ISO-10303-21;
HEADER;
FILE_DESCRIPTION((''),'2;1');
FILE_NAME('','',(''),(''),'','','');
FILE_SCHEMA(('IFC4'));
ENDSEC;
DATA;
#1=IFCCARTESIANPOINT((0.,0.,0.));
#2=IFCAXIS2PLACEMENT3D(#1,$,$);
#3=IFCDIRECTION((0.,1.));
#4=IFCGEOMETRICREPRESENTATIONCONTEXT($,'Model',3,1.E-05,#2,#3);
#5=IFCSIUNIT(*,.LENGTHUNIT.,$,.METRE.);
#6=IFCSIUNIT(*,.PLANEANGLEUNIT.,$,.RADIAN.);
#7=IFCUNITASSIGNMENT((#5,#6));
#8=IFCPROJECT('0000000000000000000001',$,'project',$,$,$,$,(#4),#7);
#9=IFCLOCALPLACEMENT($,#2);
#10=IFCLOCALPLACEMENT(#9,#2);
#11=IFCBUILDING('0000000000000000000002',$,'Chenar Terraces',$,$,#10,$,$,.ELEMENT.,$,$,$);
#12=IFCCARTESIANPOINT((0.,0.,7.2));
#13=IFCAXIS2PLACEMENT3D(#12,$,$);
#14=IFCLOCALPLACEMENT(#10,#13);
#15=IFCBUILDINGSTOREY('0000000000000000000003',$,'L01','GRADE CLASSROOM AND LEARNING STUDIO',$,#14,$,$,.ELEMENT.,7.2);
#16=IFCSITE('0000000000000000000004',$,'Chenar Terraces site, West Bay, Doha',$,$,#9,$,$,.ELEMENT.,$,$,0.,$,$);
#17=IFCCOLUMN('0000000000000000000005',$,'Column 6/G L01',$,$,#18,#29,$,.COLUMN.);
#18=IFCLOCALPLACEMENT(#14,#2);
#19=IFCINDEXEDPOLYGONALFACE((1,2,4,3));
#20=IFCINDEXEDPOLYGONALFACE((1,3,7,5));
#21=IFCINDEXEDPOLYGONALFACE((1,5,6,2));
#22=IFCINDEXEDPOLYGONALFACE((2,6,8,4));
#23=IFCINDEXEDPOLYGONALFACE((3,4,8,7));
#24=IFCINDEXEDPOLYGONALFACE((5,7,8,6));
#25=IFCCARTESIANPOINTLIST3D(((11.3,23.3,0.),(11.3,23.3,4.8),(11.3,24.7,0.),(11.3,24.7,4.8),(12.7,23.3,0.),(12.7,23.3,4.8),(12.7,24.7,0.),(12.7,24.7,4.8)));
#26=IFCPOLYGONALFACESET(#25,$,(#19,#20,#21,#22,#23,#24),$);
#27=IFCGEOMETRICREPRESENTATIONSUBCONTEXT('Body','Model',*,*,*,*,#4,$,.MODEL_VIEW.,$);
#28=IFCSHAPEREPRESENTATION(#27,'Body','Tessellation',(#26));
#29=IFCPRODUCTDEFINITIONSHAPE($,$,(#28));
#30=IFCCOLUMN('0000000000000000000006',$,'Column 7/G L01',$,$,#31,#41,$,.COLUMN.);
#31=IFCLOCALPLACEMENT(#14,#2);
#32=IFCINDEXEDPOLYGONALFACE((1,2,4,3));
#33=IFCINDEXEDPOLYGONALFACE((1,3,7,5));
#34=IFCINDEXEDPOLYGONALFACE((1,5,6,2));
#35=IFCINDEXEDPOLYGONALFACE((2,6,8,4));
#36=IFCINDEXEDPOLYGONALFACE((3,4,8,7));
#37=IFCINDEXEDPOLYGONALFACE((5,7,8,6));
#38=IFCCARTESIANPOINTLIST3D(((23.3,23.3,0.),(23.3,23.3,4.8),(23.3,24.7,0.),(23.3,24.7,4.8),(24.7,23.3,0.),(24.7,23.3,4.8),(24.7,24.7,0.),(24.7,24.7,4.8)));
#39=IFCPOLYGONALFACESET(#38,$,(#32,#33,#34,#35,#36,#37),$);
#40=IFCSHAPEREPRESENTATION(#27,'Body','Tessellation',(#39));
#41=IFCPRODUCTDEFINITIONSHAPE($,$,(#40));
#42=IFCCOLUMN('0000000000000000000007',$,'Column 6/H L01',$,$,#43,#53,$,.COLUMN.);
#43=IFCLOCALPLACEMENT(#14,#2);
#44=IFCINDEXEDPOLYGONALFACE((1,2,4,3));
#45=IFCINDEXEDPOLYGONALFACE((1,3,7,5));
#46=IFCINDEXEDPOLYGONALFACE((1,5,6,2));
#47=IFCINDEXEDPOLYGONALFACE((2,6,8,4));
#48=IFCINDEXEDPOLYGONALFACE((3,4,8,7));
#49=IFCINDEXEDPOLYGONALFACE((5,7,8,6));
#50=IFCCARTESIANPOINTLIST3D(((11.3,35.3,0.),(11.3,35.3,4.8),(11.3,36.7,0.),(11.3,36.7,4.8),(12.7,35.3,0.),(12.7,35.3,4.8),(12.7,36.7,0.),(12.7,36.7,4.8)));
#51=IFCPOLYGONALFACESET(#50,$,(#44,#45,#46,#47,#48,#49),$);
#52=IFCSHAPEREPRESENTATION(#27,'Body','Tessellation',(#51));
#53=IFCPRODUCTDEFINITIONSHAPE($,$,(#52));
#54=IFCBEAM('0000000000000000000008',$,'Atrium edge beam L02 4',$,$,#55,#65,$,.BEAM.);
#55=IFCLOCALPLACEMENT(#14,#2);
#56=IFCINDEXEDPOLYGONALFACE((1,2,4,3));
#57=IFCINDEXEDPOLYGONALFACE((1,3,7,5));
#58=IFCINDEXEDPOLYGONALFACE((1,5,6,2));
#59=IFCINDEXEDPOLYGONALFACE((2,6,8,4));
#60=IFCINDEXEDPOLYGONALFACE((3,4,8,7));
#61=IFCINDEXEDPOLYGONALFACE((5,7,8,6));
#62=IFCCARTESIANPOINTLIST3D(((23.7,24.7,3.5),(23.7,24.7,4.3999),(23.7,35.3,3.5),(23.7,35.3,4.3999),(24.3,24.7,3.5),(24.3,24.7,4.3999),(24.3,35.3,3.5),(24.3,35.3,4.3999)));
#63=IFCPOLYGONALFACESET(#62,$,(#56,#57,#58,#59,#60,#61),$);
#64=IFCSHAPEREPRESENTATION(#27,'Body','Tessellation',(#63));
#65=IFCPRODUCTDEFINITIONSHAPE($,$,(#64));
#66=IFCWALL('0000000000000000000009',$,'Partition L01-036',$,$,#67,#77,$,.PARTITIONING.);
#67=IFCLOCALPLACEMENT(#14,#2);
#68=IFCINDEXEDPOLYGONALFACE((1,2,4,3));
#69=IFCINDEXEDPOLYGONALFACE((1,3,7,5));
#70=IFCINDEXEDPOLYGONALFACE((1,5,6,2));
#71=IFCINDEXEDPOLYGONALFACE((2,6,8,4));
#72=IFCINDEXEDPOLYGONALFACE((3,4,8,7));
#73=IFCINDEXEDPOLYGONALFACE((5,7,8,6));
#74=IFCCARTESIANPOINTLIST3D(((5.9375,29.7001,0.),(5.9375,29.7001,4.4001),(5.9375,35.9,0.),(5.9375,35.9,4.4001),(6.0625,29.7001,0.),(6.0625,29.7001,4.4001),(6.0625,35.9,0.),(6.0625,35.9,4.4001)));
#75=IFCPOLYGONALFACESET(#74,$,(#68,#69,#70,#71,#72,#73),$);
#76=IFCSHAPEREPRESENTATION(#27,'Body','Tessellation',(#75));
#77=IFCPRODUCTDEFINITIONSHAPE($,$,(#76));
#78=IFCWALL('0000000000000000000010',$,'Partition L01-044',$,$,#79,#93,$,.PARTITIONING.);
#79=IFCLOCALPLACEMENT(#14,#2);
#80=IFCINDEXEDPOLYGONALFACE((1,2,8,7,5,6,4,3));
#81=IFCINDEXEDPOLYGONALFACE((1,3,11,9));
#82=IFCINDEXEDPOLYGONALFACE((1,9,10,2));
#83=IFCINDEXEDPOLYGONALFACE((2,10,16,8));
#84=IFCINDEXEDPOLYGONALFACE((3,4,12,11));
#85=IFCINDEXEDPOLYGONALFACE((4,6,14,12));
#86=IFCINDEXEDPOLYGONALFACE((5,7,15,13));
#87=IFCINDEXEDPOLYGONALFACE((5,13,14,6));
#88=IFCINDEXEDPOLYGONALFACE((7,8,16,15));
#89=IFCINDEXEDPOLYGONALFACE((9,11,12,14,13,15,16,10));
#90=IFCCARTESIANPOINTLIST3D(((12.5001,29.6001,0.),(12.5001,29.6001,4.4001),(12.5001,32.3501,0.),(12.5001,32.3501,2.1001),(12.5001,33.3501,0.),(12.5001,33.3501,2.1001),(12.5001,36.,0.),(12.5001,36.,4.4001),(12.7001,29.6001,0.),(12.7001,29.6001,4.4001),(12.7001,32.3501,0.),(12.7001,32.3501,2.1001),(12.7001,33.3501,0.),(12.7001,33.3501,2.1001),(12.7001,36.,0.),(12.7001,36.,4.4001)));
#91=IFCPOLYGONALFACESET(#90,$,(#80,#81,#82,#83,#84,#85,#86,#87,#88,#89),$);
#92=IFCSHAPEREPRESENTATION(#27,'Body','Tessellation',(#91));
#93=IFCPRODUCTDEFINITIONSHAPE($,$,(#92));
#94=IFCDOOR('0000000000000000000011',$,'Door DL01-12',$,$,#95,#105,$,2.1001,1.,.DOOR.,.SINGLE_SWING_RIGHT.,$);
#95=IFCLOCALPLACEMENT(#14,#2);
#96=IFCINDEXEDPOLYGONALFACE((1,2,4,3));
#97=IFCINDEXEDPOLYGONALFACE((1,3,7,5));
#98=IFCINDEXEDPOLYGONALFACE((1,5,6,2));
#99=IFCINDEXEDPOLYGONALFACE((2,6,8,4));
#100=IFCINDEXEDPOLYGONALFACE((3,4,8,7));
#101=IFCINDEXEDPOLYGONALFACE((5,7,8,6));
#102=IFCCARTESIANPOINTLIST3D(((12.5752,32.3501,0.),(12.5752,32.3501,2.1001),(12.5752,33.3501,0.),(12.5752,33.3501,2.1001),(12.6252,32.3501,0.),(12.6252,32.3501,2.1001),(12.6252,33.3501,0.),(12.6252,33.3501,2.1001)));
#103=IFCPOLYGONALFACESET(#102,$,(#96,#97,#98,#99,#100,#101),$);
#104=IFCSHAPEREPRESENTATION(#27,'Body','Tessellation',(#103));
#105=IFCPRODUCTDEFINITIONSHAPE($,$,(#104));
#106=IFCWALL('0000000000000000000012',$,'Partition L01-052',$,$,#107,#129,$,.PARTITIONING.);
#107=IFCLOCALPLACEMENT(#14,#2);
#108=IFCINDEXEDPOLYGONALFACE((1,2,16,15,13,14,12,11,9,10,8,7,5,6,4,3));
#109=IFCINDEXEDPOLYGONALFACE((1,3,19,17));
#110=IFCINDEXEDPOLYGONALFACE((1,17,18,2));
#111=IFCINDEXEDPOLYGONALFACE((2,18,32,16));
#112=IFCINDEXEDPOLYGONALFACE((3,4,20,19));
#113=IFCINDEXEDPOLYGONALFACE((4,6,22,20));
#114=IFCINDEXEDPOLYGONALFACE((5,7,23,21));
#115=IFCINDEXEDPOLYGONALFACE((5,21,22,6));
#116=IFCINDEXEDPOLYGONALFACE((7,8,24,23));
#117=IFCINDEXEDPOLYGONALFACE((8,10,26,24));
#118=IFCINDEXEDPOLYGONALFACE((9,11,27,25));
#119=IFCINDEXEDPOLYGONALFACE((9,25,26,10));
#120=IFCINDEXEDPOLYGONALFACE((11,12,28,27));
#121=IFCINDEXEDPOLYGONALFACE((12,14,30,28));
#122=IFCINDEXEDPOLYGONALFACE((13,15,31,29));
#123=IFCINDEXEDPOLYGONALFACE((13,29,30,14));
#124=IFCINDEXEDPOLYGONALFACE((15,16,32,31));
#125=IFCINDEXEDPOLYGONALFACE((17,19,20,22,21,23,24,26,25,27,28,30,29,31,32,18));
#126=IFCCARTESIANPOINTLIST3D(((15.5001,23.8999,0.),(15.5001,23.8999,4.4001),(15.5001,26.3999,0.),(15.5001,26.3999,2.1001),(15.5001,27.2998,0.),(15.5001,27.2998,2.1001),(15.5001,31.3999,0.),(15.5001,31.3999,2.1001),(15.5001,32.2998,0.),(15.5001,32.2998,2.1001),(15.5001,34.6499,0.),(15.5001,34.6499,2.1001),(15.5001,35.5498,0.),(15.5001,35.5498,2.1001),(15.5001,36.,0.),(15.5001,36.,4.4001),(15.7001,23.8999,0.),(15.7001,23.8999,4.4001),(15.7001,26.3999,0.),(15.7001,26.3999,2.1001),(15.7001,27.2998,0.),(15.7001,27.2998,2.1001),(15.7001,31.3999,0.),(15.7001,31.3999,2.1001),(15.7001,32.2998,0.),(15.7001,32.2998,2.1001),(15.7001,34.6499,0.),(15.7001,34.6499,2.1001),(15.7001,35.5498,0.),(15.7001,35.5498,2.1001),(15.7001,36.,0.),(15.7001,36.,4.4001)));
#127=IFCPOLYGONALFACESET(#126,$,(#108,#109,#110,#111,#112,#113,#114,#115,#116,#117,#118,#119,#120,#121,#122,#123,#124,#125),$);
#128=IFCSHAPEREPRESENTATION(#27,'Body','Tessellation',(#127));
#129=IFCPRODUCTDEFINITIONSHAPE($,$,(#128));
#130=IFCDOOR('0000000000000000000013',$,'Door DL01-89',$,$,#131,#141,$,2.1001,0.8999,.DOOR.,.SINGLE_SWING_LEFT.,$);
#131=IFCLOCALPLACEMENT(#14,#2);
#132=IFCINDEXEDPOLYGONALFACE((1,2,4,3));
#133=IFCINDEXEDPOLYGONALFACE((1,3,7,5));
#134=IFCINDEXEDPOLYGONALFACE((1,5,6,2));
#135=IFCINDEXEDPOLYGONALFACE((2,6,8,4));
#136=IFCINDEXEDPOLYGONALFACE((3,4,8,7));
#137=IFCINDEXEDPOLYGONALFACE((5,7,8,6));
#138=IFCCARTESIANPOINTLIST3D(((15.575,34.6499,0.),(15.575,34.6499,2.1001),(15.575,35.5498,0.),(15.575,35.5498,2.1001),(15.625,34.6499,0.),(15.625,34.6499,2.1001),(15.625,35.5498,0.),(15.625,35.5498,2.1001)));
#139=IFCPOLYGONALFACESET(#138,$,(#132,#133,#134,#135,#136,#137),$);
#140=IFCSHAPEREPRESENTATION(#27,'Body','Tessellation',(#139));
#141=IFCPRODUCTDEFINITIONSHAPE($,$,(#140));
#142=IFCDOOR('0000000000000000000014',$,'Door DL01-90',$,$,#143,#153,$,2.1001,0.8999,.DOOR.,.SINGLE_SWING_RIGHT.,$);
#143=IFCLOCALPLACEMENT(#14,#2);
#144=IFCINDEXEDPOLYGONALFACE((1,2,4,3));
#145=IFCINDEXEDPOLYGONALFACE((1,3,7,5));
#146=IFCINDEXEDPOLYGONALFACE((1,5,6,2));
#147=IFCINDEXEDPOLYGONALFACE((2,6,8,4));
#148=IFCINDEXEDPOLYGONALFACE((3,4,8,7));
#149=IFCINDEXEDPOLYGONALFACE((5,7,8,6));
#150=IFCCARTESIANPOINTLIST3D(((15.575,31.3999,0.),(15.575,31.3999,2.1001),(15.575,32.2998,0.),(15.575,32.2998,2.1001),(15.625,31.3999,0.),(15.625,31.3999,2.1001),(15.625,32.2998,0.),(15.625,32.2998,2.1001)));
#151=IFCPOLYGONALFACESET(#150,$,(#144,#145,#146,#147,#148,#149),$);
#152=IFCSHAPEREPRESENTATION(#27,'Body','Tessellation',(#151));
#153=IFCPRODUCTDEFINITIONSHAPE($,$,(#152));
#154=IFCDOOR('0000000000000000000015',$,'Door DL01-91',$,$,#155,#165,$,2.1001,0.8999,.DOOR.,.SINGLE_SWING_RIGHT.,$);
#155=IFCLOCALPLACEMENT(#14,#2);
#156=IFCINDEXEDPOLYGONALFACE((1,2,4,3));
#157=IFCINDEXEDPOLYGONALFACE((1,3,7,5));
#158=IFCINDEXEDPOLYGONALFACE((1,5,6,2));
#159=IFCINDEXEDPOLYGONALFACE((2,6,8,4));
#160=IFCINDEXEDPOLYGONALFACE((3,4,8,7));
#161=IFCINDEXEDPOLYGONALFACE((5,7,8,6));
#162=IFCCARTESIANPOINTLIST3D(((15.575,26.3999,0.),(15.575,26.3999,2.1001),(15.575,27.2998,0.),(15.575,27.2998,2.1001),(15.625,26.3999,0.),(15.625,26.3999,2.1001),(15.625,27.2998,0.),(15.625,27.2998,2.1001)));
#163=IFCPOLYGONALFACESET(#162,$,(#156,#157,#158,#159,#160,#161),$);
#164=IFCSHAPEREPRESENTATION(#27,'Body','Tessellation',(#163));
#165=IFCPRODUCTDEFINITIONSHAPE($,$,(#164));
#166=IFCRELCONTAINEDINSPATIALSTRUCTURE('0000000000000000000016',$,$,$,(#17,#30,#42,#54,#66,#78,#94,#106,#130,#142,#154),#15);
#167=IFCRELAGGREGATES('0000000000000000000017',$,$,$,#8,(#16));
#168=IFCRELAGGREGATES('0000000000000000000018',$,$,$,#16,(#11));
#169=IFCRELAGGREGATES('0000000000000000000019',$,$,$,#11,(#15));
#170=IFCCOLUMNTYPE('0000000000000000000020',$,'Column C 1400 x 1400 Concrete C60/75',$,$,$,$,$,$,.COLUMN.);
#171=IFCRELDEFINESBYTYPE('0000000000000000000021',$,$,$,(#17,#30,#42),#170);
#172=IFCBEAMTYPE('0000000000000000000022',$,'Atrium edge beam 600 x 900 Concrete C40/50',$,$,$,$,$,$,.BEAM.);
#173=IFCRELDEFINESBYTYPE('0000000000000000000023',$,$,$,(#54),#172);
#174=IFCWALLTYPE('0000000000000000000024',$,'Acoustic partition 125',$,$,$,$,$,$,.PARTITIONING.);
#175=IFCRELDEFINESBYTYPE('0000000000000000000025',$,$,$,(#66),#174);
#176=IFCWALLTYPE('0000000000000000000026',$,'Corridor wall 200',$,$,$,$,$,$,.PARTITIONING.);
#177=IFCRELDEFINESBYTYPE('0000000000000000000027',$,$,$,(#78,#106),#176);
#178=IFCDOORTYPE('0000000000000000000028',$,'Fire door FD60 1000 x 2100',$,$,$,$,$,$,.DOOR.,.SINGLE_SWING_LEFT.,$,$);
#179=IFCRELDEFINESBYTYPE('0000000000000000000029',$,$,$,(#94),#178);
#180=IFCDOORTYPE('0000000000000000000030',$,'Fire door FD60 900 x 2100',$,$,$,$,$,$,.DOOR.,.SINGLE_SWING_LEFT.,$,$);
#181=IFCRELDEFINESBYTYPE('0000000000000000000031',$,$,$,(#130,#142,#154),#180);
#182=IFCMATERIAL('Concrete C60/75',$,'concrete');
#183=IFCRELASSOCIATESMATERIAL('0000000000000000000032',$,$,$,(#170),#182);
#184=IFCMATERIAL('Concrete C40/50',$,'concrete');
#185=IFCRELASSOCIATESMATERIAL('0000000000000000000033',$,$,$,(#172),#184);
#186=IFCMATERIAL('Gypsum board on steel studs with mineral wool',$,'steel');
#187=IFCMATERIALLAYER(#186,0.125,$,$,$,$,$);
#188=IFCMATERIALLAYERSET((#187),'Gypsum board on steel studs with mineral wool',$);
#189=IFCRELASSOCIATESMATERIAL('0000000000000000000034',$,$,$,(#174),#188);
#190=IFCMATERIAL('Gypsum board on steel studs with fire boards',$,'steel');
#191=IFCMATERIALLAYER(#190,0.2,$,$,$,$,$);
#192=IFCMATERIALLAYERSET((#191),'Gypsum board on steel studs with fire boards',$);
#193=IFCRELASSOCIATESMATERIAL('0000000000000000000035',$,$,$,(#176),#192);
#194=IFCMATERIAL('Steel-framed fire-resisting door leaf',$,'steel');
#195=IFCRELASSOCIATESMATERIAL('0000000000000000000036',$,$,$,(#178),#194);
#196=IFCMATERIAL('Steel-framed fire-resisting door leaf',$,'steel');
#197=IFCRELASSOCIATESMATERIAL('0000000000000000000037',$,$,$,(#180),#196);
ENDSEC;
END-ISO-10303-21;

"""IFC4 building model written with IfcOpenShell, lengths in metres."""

from ifc_helpers import new_model, si_unit, direction, frame, frame_2d, origin, origin_2d, place, context, subcontext, project, spatial, rectangle, extrude, material, layer, layer_set, material_profile, profile_set, type_object, element, fill, save


model = new_model("IFC4")

# Units and contexts
model_context = context("Model", 3, precision=1e-05, world=origin(), true_north=direction((0.0, 1.0)))
body_context = subcontext(model_context, "Body", "Model", "MODEL_VIEW")
ifc_project = project(units=[si_unit("LENGTHUNIT", "METRE"), si_unit("PLANEANGLEUNIT", "RADIAN")], contexts=[model_context])

# Site, building, storey
site_placement = place(None, origin())
site = spatial("IfcSite", under=ifc_project, at=site_placement, Name="Chenar Terraces site, West Bay, Doha", CompositionType="ELEMENT", RefElevation=0.0)
building_placement = place(site_placement, origin())
building = spatial("IfcBuilding", under=site, at=building_placement, Name="Chenar Terraces", CompositionType="ELEMENT")
storey_placement = place(building_placement, frame((0.0, 0.0, 7.2)))
storey = spatial("IfcBuildingStorey", under=building, at=storey_placement, Name="L01", Description="GRADE CLASSROOM AND LEARNING STUDIO", CompositionType="ELEMENT", Elevation=7.2)

# Columns
ifc_material_1 = material(Name="Concrete C60/75", Category="concrete")
ifc_material_profile_1 = material_profile(ifc_material_1, rectangle(XDim=1.3999, YDim=1.3999, at=origin_2d()), Name="C 1400 x 1400")
ifc_profile_set_1 = profile_set([ifc_material_profile_1], Name="Concrete C60/75")
column_type = type_object("IfcColumnType", Name="Column C 1400 x 1400 Concrete C60/75", PredefinedType="COLUMN", material=ifc_profile_set_1)
for number, where, z_axis, x_axis, name in (
    (1, (12.0, 24.0, 0.0), (0.0, 0.0, 1.0), (1.0, 0.0, 0.0), "Column 6/G L01"),
    (2, (24.0, 24.0, 0.0), (0.0, 0.0, 1.0), (1.0, 0.0, 0.0), "Column 7/G L01"),
    (3, (12.0, 36.0, 0.0), (0.0, 0.0, 1.0), (1.0, 0.0, 0.0), "Column 6/H L01"),
):
    element("IfcColumn", number, at=place(storey_placement, frame(where, z_axis=z_axis, x_axis=x_axis)), inside=storey, type_object=column_type, Name=name, PredefinedType="COLUMN", context=body_context, shape_type="SweptSolid", body=[
        extrude(rectangle(XDim=1.3999, YDim=1.3999, at=origin_2d()), origin(), (0.0, 0.0, 1.0), 4.8),
    ])

# Beam
ifc_material_2 = material(Name="Concrete C40/50", Category="concrete")
ifc_material_profile_2 = material_profile(ifc_material_2, rectangle(XDim=0.6001, YDim=0.8999, at=origin_2d()), Name="RC 600 x 900")
ifc_profile_set_2 = profile_set([ifc_material_profile_2], Name="Concrete C40/50")
beam_type = type_object("IfcBeamType", Name="Atrium edge beam 600 x 900 Concrete C40/50", PredefinedType="BEAM", material=ifc_profile_set_2)
beam_placement = place(storey_placement, frame((24.0, 35.3, 3.95), z_axis=(0.0, -1.0, 0.0), x_axis=(1.0, 0.0, 0.0)))
element("IfcBeam", 4, at=beam_placement, inside=storey, type_object=beam_type, Name="Atrium edge beam L02 4", PredefinedType="BEAM", context=body_context, shape_type="SweptSolid", body=[
    extrude(rectangle(XDim=0.6001, YDim=0.8999, at=origin_2d()), origin(), (0.0, 0.0, 1.0), 10.6001),
])

# Wall
ifc_material_3 = material(Name="Gypsum board on steel studs with mineral wool", Category="steel")
ifc_layer_1 = layer(ifc_material_3, 0.125)
ifc_layer_set_1 = layer_set([ifc_layer_1], Name="Gypsum board on steel studs with mineral wool")
wall_type_1 = type_object("IfcWallType", Name="Acoustic partition 125", PredefinedType="PARTITIONING", material=ifc_layer_set_1)
wall_1_placement = place(storey_placement, frame((6.0, 29.7, 0.0), z_axis=(0.0, 0.0, 1.0), x_axis=(0.0, 1.0, 0.0)))
element("IfcWall", 5, at=wall_1_placement, inside=storey, type_object=wall_type_1, Name="Partition L01-036", PredefinedType="PARTITIONING", context=body_context, shape_type="SweptSolid", body=[
    extrude(rectangle(XDim=6.2, YDim=0.125, at=frame_2d((3.1001, 0.0))), origin(), (0.0, 0.0, 1.0), 4.4001),
])

# Wall, opening, door
ifc_material_4 = material(Name="Gypsum board on steel studs with fire boards", Category="steel")
ifc_layer_2 = layer(ifc_material_4, 0.2)
ifc_layer_set_2 = layer_set([ifc_layer_2], Name="Gypsum board on steel studs with fire boards")
wall_type_2 = type_object("IfcWallType", Name="Corridor wall 200", PredefinedType="PARTITIONING", material=ifc_layer_set_2)
wall_2_placement = place(storey_placement, frame((12.6001, 29.6001, 0.0), z_axis=(0.0, 0.0, 1.0), x_axis=(0.0, 1.0, 0.0)))
wall_2 = element("IfcWall", 6, at=wall_2_placement, inside=storey, type_object=wall_type_2, Name="Partition L01-044", PredefinedType="PARTITIONING", context=body_context, shape_type="SweptSolid", body=[
    extrude(rectangle(XDim=6.3999, YDim=0.2, at=frame_2d((3.2, 0.0))), origin(), (0.0, 0.0, 1.0), 4.4001),
])
opening_1_placement = place(wall_2_placement, frame((2.75, 0.0, 0.0)))
opening_1 = element("IfcOpeningElement", 7, at=opening_1_placement, cuts=wall_2, PredefinedType="OPENING", context=body_context, shape_type="SweptSolid", body=[
    extrude(rectangle(XDim=1.0, YDim=2.1001, at=frame_2d((0.5, 1.05))), frame((0.0, 0.1099, 0.0), z_axis=(0.0, -1.0, 0.0), x_axis=(1.0, 0.0, 0.0)), (0.0, 0.0, 1.0), 0.22),
])
ifc_material_5 = material(Name="Steel-framed fire-resisting door leaf", Category="steel")
door_type_1 = type_object("IfcDoorType", Name="Fire door FD60 1000 x 2100", OperationType="SINGLE_SWING_LEFT", PredefinedType="DOOR", material=ifc_material_5)
door_1_placement = place(opening_1_placement, origin())
door_1 = element("IfcDoor", 8, at=door_1_placement, inside=storey, type_object=door_type_1, Name="Door DL01-12", OperationType="SINGLE_SWING_RIGHT", OverallHeight=2.1001, OverallWidth=1.0, PredefinedType="DOOR", context=body_context, shape_type="SweptSolid", body=[
    extrude(rectangle(XDim=1.0, YDim=2.1001, at=frame_2d((0.5, 1.05))), frame((0.0, 0.0249, 0.0), z_axis=(0.0, -1.0, 0.0), x_axis=(1.0, 0.0, 0.0)), (0.0, 0.0, 1.0), 0.05),
])
fill(opening_1, door_1)

# Wall, openings, doors
wall_3_placement = place(storey_placement, frame((15.6001, 23.8999, 0.0), z_axis=(0.0, 0.0, 1.0), x_axis=(0.0, 1.0, 0.0)))
wall_3 = element("IfcWall", 9, at=wall_3_placement, inside=storey, type_object=wall_type_2, Name="Partition L01-052", PredefinedType="PARTITIONING", context=body_context, shape_type="SweptSolid", body=[
    extrude(rectangle(XDim=12.1001, YDim=0.2, at=frame_2d((6.05, 0.0))), origin(), (0.0, 0.0, 1.0), 4.4001),
])
opening_2_placement = place(wall_3_placement, frame((10.75, 0.0, 0.0)))
opening_2 = element("IfcOpeningElement", 10, at=opening_2_placement, cuts=wall_3, PredefinedType="OPENING", context=body_context, shape_type="SweptSolid", body=[
    extrude(rectangle(XDim=0.8999, YDim=2.1001, at=frame_2d((0.45, 1.05))), frame((0.0, 0.1099, 0.0), z_axis=(0.0, -1.0, 0.0), x_axis=(1.0, 0.0, 0.0)), (0.0, 0.0, 1.0), 0.22),
])
opening_3_placement = place(wall_3_placement, frame((7.5, 0.0, 0.0)))
opening_3 = element("IfcOpeningElement", 11, at=opening_3_placement, cuts=wall_3, PredefinedType="OPENING", context=body_context, shape_type="SweptSolid", body=[
    extrude(rectangle(XDim=0.8999, YDim=2.1001, at=frame_2d((0.45, 1.05))), frame((0.0, 0.1099, 0.0), z_axis=(0.0, -1.0, 0.0), x_axis=(1.0, 0.0, 0.0)), (0.0, 0.0, 1.0), 0.22),
])
opening_4_placement = place(wall_3_placement, frame((2.5, 0.0, 0.0)))
opening_4 = element("IfcOpeningElement", 12, at=opening_4_placement, cuts=wall_3, PredefinedType="OPENING", context=body_context, shape_type="SweptSolid", body=[
    extrude(rectangle(XDim=0.8999, YDim=2.1001, at=frame_2d((0.45, 1.05))), frame((0.0, 0.1099, 0.0), z_axis=(0.0, -1.0, 0.0), x_axis=(1.0, 0.0, 0.0)), (0.0, 0.0, 1.0), 0.22),
])
ifc_material_6 = material(Name="Steel-framed fire-resisting door leaf", Category="steel")
door_type_2 = type_object("IfcDoorType", Name="Fire door FD60 900 x 2100", OperationType="SINGLE_SWING_LEFT", PredefinedType="DOOR", material=ifc_material_6)
door_2_placement = place(opening_2_placement, frame((0.8999, 0.0, 0.0), z_axis=(0.0, 0.0, 1.0), x_axis=(-1.0, 0.0, 0.0)))
door_2 = element("IfcDoor", 13, at=door_2_placement, inside=storey, type_object=door_type_2, Name="Door DL01-89", OperationType="SINGLE_SWING_LEFT", OverallHeight=2.1001, OverallWidth=0.8999, PredefinedType="DOOR", context=body_context, shape_type="SweptSolid", body=[
    extrude(rectangle(XDim=0.8999, YDim=2.1001, at=frame_2d((0.45, 1.05))), frame((0.0, 0.0249, 0.0), z_axis=(0.0, -1.0, 0.0), x_axis=(1.0, 0.0, 0.0)), (0.0, 0.0, 1.0), 0.05),
])
fill(opening_2, door_2)
door_3_placement = place(opening_3_placement, frame((0.8999, 0.0, 0.0), z_axis=(0.0, 0.0, 1.0), x_axis=(-1.0, 0.0, 0.0)))
door_3 = element("IfcDoor", 14, at=door_3_placement, inside=storey, type_object=door_type_2, Name="Door DL01-90", OperationType="SINGLE_SWING_RIGHT", OverallHeight=2.1001, OverallWidth=0.8999, PredefinedType="DOOR", context=body_context, shape_type="SweptSolid", body=[
    extrude(rectangle(XDim=0.8999, YDim=2.1001, at=frame_2d((0.45, 1.05))), frame((0.0, 0.0249, 0.0), z_axis=(0.0, -1.0, 0.0), x_axis=(1.0, 0.0, 0.0)), (0.0, 0.0, 1.0), 0.05),
])
fill(opening_3, door_3)
door_4_placement = place(opening_4_placement, frame((0.8999, 0.0, 0.0), z_axis=(0.0, 0.0, 1.0), x_axis=(-1.0, 0.0, 0.0)))
door_4 = element("IfcDoor", 15, at=door_4_placement, inside=storey, type_object=door_type_2, Name="Door DL01-91", OperationType="SINGLE_SWING_RIGHT", OverallHeight=2.1001, OverallWidth=0.8999, PredefinedType="DOOR", context=body_context, shape_type="SweptSolid", body=[
    extrude(rectangle(XDim=0.8999, YDim=2.1001, at=frame_2d((0.45, 1.05))), frame((0.0, 0.0249, 0.0), z_axis=(0.0, -1.0, 0.0), x_axis=(1.0, 0.0, 0.0)), (0.0, 0.0, 1.0), 0.05),
])
fill(opening_4, door_4)

save(model, "model.ifc")
